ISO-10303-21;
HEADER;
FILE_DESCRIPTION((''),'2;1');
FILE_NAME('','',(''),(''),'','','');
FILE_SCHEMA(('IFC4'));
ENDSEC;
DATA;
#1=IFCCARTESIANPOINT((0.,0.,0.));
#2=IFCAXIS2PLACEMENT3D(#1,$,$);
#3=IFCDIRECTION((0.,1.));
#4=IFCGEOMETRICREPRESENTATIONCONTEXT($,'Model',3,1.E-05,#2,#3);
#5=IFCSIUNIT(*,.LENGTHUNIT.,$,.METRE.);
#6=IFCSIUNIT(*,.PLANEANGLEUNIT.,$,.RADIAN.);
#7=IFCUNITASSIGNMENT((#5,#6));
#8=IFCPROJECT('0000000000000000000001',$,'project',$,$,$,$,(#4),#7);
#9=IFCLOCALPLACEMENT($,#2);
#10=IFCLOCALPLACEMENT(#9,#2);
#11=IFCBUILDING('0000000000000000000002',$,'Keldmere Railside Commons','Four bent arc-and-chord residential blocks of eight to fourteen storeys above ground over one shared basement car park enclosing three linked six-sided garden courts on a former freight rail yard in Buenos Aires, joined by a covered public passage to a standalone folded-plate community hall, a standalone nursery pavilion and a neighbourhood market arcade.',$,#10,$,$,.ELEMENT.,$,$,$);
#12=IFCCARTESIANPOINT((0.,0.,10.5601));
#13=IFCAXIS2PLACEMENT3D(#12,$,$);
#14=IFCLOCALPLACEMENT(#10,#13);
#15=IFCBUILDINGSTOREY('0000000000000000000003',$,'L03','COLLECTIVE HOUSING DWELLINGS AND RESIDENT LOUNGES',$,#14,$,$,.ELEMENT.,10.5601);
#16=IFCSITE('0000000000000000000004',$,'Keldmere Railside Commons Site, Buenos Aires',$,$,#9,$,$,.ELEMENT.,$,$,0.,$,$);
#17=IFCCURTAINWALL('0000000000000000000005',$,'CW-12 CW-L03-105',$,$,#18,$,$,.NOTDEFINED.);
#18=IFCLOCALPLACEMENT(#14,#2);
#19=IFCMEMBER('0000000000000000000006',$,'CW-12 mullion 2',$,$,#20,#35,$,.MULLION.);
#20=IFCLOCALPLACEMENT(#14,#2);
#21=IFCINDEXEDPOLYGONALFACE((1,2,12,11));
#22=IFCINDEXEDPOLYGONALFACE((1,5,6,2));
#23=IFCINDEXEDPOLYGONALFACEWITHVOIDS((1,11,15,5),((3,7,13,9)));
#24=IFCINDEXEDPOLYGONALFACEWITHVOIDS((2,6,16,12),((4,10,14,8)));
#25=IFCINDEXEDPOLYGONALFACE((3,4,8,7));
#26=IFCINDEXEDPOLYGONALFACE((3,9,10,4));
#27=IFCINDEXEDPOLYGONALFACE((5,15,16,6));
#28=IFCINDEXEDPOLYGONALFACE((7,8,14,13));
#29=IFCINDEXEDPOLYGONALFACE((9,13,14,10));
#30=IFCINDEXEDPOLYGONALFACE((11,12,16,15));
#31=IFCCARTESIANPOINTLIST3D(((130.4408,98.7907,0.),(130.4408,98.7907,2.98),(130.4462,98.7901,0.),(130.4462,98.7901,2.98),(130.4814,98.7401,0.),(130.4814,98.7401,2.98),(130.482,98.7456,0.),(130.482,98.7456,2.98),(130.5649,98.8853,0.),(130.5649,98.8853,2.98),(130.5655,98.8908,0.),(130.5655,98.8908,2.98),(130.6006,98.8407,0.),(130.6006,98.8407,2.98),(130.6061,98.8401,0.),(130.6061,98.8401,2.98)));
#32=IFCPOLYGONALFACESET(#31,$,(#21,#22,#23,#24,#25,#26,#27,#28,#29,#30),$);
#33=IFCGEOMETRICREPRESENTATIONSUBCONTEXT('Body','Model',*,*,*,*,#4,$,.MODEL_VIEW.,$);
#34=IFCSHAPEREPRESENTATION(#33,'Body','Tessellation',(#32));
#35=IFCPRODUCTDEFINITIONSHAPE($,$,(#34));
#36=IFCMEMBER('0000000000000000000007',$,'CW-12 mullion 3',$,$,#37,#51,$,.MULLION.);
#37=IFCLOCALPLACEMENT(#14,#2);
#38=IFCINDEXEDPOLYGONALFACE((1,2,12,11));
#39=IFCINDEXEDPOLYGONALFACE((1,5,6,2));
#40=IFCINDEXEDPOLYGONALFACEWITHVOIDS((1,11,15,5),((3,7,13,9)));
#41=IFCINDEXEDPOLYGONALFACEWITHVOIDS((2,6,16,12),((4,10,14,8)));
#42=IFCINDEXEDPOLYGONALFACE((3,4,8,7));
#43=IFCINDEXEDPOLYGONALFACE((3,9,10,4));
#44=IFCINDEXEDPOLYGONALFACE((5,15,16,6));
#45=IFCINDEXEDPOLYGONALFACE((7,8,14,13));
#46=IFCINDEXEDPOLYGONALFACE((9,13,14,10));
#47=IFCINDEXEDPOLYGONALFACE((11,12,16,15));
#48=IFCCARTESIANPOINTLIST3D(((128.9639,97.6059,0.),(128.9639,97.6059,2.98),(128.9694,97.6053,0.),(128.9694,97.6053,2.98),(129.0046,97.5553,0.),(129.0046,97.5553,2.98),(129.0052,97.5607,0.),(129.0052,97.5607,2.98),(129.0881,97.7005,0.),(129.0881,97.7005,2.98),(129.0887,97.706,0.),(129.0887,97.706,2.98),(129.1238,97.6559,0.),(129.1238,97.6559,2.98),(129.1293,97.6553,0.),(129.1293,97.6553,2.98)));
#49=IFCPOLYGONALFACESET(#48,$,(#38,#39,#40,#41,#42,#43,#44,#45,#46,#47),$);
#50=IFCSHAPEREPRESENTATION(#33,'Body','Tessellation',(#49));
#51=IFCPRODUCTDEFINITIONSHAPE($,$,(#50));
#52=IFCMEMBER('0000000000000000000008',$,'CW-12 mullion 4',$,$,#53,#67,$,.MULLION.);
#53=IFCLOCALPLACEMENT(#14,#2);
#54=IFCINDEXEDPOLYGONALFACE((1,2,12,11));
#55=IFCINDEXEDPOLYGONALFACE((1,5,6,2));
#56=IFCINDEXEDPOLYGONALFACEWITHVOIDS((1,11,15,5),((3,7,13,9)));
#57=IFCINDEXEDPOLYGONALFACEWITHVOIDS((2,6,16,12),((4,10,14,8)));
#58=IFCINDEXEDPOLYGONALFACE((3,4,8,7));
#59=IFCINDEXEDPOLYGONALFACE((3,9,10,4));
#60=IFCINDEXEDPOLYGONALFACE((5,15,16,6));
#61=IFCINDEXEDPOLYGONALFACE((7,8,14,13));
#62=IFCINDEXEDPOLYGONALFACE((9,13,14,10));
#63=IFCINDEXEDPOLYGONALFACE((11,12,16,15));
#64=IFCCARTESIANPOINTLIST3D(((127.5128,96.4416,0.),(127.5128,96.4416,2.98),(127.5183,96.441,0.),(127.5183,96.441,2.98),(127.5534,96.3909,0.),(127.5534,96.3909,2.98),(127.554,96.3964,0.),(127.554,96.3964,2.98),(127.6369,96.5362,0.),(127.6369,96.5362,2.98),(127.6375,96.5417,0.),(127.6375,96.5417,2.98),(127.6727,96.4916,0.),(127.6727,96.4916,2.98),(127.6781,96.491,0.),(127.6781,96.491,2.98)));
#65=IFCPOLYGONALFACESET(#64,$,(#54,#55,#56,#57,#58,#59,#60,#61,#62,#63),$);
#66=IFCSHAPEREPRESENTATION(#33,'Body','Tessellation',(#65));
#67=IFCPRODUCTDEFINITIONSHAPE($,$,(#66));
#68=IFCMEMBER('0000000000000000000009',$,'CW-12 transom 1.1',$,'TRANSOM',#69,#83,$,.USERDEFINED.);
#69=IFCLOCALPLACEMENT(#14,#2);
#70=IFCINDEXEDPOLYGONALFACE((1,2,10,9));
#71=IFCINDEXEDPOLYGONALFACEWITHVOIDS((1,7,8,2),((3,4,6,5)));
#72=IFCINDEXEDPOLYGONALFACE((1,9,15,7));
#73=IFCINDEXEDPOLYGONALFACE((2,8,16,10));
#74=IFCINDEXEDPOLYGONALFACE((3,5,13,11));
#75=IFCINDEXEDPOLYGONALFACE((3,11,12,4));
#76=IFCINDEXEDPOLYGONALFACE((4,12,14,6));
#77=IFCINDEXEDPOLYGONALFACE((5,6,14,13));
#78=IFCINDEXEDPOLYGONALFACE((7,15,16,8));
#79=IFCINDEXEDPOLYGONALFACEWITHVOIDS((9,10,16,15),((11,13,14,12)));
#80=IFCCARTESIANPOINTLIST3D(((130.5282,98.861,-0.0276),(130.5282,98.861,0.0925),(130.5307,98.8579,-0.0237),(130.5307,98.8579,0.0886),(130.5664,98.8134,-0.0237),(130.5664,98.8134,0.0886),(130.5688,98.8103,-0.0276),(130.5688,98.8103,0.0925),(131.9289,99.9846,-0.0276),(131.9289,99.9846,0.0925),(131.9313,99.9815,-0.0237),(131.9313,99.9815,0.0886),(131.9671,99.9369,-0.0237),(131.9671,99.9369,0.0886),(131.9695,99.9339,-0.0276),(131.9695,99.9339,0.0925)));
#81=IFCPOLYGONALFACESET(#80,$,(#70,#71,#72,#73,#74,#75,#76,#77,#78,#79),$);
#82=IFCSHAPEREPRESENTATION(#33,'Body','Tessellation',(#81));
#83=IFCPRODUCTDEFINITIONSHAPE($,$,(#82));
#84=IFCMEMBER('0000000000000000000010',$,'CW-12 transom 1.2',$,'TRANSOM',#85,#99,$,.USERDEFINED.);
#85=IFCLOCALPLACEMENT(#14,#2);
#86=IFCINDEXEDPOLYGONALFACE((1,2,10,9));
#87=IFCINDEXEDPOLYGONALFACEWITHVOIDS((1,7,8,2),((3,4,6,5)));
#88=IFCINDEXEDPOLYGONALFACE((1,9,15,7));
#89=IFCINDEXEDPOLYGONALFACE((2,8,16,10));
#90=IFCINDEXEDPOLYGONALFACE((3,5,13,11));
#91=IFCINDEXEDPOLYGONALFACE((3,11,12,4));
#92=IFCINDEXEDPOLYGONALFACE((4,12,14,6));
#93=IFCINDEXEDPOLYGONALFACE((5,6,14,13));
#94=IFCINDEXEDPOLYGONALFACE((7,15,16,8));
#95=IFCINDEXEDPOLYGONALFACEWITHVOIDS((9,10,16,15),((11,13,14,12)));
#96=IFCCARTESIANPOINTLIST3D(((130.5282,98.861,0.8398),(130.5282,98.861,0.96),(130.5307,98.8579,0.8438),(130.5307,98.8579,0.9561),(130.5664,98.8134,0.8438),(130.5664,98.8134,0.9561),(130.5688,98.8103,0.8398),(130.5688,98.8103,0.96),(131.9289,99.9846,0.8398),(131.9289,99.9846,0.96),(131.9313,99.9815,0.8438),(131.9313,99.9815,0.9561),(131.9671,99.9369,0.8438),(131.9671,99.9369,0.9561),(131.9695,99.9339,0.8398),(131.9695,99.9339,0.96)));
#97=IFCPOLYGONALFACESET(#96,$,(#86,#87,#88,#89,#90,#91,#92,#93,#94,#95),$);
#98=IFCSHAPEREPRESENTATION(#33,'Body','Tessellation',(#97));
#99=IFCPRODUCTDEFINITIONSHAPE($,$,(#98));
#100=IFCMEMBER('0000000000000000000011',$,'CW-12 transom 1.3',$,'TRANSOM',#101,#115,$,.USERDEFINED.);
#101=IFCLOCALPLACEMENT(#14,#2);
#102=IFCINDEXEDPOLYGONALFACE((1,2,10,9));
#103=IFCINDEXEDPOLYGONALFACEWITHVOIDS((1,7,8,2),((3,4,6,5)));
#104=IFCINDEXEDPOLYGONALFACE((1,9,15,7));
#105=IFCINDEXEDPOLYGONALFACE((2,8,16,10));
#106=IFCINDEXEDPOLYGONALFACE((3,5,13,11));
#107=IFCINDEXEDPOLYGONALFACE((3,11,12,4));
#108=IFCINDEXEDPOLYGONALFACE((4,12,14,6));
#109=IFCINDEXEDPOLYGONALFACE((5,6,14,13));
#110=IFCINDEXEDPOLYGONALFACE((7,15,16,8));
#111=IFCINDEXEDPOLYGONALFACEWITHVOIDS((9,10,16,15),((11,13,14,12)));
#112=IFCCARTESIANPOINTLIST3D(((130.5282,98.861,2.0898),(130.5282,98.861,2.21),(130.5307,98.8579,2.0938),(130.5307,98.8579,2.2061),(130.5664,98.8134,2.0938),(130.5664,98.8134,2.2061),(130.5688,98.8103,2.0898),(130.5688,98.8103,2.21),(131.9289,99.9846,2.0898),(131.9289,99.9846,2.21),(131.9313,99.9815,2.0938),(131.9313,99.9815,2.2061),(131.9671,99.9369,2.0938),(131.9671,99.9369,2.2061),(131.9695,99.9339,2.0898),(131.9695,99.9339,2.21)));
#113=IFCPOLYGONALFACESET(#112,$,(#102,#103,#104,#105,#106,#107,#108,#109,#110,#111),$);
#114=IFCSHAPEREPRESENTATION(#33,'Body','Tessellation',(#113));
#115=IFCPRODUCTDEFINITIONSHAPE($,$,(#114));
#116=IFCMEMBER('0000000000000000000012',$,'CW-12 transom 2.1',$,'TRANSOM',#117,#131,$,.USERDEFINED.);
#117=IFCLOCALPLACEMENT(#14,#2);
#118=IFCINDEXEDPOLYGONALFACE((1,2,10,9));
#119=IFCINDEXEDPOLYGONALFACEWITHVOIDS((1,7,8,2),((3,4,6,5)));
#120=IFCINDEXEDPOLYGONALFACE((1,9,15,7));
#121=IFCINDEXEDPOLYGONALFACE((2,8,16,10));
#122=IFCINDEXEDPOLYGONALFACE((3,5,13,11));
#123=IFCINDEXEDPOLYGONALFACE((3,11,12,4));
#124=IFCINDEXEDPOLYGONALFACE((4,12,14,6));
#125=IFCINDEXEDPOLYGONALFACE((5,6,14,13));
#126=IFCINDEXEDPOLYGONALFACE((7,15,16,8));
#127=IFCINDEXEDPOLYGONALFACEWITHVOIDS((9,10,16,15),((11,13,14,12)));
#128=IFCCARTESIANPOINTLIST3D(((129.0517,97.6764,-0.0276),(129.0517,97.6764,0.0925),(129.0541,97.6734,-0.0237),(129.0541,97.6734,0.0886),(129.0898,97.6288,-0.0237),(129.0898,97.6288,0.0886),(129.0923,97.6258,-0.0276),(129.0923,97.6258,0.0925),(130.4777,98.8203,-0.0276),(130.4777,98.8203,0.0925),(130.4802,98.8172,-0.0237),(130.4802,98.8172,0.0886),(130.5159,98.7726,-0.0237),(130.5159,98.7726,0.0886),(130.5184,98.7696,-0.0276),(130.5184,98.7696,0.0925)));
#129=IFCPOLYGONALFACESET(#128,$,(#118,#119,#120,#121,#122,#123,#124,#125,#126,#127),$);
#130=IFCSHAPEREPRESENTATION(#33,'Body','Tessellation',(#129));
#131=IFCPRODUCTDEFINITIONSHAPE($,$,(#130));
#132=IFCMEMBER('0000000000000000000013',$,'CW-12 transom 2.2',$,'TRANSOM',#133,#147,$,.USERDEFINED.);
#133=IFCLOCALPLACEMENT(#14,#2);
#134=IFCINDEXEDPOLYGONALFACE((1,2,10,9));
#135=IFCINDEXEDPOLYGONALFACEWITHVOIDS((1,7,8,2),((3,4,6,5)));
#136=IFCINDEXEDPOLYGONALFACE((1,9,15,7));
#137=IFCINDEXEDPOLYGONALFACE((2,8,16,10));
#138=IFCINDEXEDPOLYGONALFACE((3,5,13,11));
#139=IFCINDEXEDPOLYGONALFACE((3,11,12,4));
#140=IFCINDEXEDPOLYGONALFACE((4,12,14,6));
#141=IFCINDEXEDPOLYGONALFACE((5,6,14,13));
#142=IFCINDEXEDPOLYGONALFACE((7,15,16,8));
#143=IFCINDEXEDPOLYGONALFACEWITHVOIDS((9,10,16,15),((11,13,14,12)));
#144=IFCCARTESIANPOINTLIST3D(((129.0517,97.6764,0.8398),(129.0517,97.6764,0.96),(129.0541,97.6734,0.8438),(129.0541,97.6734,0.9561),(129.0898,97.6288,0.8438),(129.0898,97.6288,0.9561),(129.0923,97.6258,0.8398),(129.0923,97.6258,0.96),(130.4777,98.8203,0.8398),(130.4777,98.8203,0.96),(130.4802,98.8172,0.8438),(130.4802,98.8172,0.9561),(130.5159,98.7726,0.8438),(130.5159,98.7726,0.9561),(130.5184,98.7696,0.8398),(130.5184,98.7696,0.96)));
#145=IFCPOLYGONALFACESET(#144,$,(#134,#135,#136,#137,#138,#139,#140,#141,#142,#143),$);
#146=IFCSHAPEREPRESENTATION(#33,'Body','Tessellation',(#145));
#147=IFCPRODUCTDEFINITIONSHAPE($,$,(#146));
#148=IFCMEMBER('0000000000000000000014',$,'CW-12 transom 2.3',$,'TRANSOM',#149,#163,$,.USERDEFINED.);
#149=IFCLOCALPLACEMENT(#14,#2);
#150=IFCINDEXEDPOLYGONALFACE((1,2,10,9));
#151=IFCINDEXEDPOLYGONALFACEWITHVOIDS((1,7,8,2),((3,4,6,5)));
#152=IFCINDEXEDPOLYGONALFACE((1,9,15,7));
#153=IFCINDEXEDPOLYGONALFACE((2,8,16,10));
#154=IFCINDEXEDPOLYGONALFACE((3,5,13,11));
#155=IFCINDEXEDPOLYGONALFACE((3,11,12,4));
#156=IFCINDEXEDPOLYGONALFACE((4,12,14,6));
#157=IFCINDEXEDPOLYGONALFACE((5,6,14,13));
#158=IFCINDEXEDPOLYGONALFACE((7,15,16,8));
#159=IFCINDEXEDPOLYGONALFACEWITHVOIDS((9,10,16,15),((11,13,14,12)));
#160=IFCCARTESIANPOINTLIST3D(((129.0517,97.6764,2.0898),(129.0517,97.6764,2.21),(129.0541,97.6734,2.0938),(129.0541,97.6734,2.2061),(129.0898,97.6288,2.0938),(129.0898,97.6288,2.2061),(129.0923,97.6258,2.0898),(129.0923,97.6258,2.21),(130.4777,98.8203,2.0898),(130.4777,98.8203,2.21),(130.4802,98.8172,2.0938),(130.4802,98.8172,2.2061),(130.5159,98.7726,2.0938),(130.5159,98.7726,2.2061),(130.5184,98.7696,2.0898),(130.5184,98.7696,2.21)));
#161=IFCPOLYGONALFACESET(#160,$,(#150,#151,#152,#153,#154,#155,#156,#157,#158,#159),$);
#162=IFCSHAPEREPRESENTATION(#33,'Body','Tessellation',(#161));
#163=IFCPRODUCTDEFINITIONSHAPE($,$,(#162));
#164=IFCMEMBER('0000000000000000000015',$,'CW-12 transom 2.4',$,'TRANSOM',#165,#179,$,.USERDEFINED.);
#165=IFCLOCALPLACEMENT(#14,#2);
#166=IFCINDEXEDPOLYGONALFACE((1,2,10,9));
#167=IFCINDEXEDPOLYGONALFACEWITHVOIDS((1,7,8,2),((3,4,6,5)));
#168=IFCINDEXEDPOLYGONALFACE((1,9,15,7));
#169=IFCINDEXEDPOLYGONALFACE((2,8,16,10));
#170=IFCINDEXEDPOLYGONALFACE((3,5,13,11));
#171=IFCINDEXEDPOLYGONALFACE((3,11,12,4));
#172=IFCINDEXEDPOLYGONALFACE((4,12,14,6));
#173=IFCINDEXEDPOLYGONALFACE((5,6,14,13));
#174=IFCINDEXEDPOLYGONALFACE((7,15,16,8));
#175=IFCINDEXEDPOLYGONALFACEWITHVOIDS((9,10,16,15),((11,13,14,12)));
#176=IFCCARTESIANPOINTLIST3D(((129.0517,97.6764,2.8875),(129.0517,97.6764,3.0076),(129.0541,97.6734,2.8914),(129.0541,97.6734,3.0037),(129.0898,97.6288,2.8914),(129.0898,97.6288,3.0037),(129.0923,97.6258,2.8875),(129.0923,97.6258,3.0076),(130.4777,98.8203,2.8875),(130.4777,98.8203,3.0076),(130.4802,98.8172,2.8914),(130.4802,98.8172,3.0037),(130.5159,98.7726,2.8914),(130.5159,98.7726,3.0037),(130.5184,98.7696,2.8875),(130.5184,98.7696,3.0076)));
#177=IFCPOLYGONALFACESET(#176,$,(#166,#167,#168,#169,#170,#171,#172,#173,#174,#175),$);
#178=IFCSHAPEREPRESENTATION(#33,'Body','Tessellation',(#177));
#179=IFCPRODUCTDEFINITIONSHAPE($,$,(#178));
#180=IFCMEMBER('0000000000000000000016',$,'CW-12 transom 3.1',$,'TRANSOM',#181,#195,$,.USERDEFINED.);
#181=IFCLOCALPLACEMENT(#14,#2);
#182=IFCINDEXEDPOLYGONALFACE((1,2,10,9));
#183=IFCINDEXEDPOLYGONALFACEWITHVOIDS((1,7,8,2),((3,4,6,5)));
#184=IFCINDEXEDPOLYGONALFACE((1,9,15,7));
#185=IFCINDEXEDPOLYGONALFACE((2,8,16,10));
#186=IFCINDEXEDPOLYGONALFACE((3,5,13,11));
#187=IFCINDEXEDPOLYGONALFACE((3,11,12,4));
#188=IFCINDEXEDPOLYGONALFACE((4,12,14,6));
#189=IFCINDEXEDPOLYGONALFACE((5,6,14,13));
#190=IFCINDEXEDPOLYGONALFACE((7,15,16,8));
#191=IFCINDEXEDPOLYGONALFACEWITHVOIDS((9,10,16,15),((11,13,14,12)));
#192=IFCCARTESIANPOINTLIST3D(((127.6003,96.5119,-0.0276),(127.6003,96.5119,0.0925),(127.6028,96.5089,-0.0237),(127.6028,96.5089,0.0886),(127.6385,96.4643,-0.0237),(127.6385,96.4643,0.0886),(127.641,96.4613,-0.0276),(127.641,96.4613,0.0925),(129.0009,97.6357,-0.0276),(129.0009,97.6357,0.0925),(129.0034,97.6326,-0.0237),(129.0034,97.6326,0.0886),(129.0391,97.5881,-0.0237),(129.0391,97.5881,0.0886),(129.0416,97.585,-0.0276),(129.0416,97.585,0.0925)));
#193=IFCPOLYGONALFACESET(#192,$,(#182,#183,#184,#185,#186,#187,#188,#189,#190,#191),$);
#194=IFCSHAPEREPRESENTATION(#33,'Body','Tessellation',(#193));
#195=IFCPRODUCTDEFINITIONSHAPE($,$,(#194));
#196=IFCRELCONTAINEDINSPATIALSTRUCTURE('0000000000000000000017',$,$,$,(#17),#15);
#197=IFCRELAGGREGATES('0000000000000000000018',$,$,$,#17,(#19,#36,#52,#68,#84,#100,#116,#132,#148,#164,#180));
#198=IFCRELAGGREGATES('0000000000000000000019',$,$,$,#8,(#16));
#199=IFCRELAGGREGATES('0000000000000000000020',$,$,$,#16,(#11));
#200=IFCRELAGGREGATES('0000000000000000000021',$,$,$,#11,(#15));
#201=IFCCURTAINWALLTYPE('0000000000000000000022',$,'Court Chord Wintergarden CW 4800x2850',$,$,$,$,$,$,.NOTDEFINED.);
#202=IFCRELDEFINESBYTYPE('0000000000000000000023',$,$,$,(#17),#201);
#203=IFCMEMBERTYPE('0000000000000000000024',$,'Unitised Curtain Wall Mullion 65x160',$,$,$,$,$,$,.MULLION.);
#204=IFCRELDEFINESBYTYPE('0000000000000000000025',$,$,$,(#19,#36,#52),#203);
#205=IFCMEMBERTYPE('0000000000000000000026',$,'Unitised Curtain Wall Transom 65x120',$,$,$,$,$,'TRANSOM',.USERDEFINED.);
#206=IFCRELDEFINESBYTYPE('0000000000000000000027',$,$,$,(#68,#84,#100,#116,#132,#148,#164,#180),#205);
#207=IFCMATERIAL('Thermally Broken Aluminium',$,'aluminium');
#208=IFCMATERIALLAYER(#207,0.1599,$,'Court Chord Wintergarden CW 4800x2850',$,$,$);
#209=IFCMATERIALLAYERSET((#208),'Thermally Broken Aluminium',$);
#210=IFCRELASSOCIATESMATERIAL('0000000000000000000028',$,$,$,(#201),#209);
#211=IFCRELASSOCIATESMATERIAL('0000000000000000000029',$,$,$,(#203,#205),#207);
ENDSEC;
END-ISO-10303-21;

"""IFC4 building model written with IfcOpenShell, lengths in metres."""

from ifc_helpers import new_model, si_unit, direction, frame, origin, origin_2d, place, context, subcontext, project, spatial, hollow_rectangle, extrude, material, layer, layer_set, material_profile, profile_set, type_object, element, aggregate, save


model = new_model("IFC4")

# Units and contexts
model_context = context("Model", 3, precision=1e-05, world=origin(), true_north=direction((0.0, 1.0)))
body_context = subcontext(model_context, "Body", "Model", "MODEL_VIEW")
ifc_project = project(units=[si_unit("LENGTHUNIT", "METRE"), si_unit("PLANEANGLEUNIT", "RADIAN")], contexts=[model_context])

# Site, building, storey
site_placement = place(None, origin())
site = spatial("IfcSite", under=ifc_project, at=site_placement, Name="Keldmere Railside Commons Site, Buenos Aires", CompositionType="ELEMENT", RefElevation=0.0)
building_placement = place(site_placement, origin())
building = spatial("IfcBuilding", under=site, at=building_placement, Name="Keldmere Railside Commons", Description="Four bent arc-and-chord residential blocks of eight to fourteen storeys above ground over one shared basement car park enclosing three linked six-sided garden courts on a former freight rail yard in Buenos Aires, joined by a covered public passage to a standalone folded-plate community hall, a standalone nursery pavilion and a neighbourhood market arcade.", CompositionType="ELEMENT")
storey_placement = place(building_placement, frame((0.0, 0.0, 10.5601)))
storey = spatial("IfcBuildingStorey", under=building, at=storey_placement, Name="L03", Description="COLLECTIVE HOUSING DWELLINGS AND RESIDENT LOUNGES", CompositionType="ELEMENT", Elevation=10.5601)

# Curtain wall, members
ifc_material_1 = material(Name="Thermally Broken Aluminium", Category="aluminium")
ifc_layer_1 = layer(ifc_material_1, 0.1599, Name="Court Chord Wintergarden CW 4800x2850")
ifc_layer_set_1 = layer_set([ifc_layer_1], Name="Thermally Broken Aluminium")
curtain_wall_type = type_object("IfcCurtainWallType", Name="Court Chord Wintergarden CW 4800x2850", PredefinedType="NOTDEFINED", material=ifc_layer_set_1)
curtain_wall_placement = place(storey_placement, origin())
curtain_wall = element("IfcCurtainWall", 1, at=curtain_wall_placement, inside=storey, type_object=curtain_wall_type, Name="CW-12 CW-L03-105", PredefinedType="NOTDEFINED")
ifc_material_profile_1 = material_profile(ifc_material_1, hollow_rectangle(XDim=0.0649, YDim=0.1599, WallThickness=0.0039, at=origin_2d()), Name="ALU-MULL-65x160")
ifc_profile_set_1 = profile_set([ifc_material_profile_1], Name="Thermally Broken Aluminium")
member_type_1 = type_object("IfcMemberType", Name="Unitised Curtain Wall Mullion 65x160", PredefinedType="MULLION", material=ifc_profile_set_1)
member_1_placement = place(storey_placement, frame((130.5234, 98.8154, 0.0), z_axis=(0.0, 0.0, 1.0), x_axis=(0.625768, -0.780009, 0.0)))
member_1 = element("IfcMember", 2, at=member_1_placement, type_object=member_type_1, Name="CW-12 mullion 2", PredefinedType="MULLION", context=body_context, shape_type="SweptSolid", body=[
    extrude(hollow_rectangle(XDim=0.0649, YDim=0.1599, WallThickness=0.0039, at=origin_2d()), origin(), (0.0, 0.0, 1.0), 2.98),
])
member_2_placement = place(storey_placement, frame((129.0466, 97.6306, 0.0), z_axis=(0.0, 0.0, 1.0), x_axis=(0.625768, -0.780009, 0.0)))
member_2 = element("IfcMember", 3, at=member_2_placement, type_object=member_type_1, Name="CW-12 mullion 3", PredefinedType="MULLION", context=body_context, shape_type="SweptSolid", body=[
    extrude(hollow_rectangle(XDim=0.0649, YDim=0.1599, WallThickness=0.0039, at=origin_2d()), origin(), (0.0, 0.0, 1.0), 2.98),
])
member_3_placement = place(storey_placement, frame((127.5955, 96.4663, 0.0), z_axis=(0.0, 0.0, 1.0), x_axis=(0.625768, -0.780009, 0.0)))
member_3 = element("IfcMember", 4, at=member_3_placement, type_object=member_type_1, Name="CW-12 mullion 4", PredefinedType="MULLION", context=body_context, shape_type="SweptSolid", body=[
    extrude(hollow_rectangle(XDim=0.0649, YDim=0.1599, WallThickness=0.0039, at=origin_2d()), origin(), (0.0, 0.0, 1.0), 2.98),
])
ifc_material_profile_2 = material_profile(ifc_material_1, hollow_rectangle(XDim=0.0649, YDim=0.1201, WallThickness=0.0039, at=origin_2d()), Name="ALU-TRAN-65x120")
ifc_profile_set_2 = profile_set([ifc_material_profile_2], Name="Thermally Broken Aluminium")
member_type_2 = type_object("IfcMemberType", Name="Unitised Curtain Wall Transom 65x120", ElementType="TRANSOM", PredefinedType="USERDEFINED", material=ifc_profile_set_2)
member_4_placement = place(storey_placement, frame((131.9492, 99.9592, 0.0325), z_axis=(-0.780046, -0.625723, 0.0), x_axis=(0.625723, -0.780046, 0.0)))
member_4 = element("IfcMember", 5, at=member_4_placement, type_object=member_type_2, Name="CW-12 transom 1.1", ObjectType="TRANSOM", PredefinedType="USERDEFINED", context=body_context, shape_type="SweptSolid", body=[
    extrude(hollow_rectangle(XDim=0.0649, YDim=0.1201, WallThickness=0.0039, at=origin_2d()), origin(), (0.0, 0.0, 1.0), 1.7957),
])
member_5_placement = place(storey_placement, frame((131.9492, 99.9592, 0.8999), z_axis=(-0.780046, -0.625723, 0.0), x_axis=(0.625723, -0.780046, 0.0)))
member_5 = element("IfcMember", 6, at=member_5_placement, type_object=member_type_2, Name="CW-12 transom 1.2", ObjectType="TRANSOM", PredefinedType="USERDEFINED", context=body_context, shape_type="SweptSolid", body=[
    extrude(hollow_rectangle(XDim=0.0649, YDim=0.1201, WallThickness=0.0039, at=origin_2d()), origin(), (0.0, 0.0, 1.0), 1.7957),
])
member_6_placement = place(storey_placement, frame((131.9492, 99.9592, 2.1499), z_axis=(-0.780046, -0.625723, 0.0), x_axis=(0.625723, -0.780046, 0.0)))
member_6 = element("IfcMember", 7, at=member_6_placement, type_object=member_type_2, Name="CW-12 transom 1.3", ObjectType="TRANSOM", PredefinedType="USERDEFINED", context=body_context, shape_type="SweptSolid", body=[
    extrude(hollow_rectangle(XDim=0.0649, YDim=0.1201, WallThickness=0.0039, at=origin_2d()), origin(), (0.0, 0.0, 1.0), 1.7957),
])
member_7_placement = place(storey_placement, frame((130.498, 98.7949, 0.0325), z_axis=(-0.780073, -0.625688, 0.0), x_axis=(0.625688, -0.780073, 0.0)))
member_7 = element("IfcMember", 8, at=member_7_placement, type_object=member_type_2, Name="CW-12 transom 2.1", ObjectType="TRANSOM", PredefinedType="USERDEFINED", context=body_context, shape_type="SweptSolid", body=[
    extrude(hollow_rectangle(XDim=0.0649, YDim=0.1201, WallThickness=0.0039, at=origin_2d()), origin(), (0.0, 0.0, 1.0), 1.8281),
])
member_8_placement = place(storey_placement, frame((130.498, 98.7949, 0.8999), z_axis=(-0.780073, -0.625688, 0.0), x_axis=(0.625688, -0.780073, 0.0)))
member_8 = element("IfcMember", 9, at=member_8_placement, type_object=member_type_2, Name="CW-12 transom 2.2", ObjectType="TRANSOM", PredefinedType="USERDEFINED", context=body_context, shape_type="SweptSolid", body=[
    extrude(hollow_rectangle(XDim=0.0649, YDim=0.1201, WallThickness=0.0039, at=origin_2d()), origin(), (0.0, 0.0, 1.0), 1.8281),
])
member_9_placement = place(storey_placement, frame((130.498, 98.7949, 2.1499), z_axis=(-0.780073, -0.625688, 0.0), x_axis=(0.625688, -0.780073, 0.0)))
member_9 = element("IfcMember", 10, at=member_9_placement, type_object=member_type_2, Name="CW-12 transom 2.3", ObjectType="TRANSOM", PredefinedType="USERDEFINED", context=body_context, shape_type="SweptSolid", body=[
    extrude(hollow_rectangle(XDim=0.0649, YDim=0.1201, WallThickness=0.0039, at=origin_2d()), origin(), (0.0, 0.0, 1.0), 1.8281),
])
member_10_placement = place(storey_placement, frame((130.498, 98.7949, 2.9475), z_axis=(-0.780073, -0.625688, 0.0), x_axis=(0.625688, -0.780073, 0.0)))
member_10 = element("IfcMember", 11, at=member_10_placement, type_object=member_type_2, Name="CW-12 transom 2.4", ObjectType="TRANSOM", PredefinedType="USERDEFINED", context=body_context, shape_type="SweptSolid", body=[
    extrude(hollow_rectangle(XDim=0.0649, YDim=0.1201, WallThickness=0.0039, at=origin_2d()), origin(), (0.0, 0.0, 1.0), 1.8281),
])
member_11_placement = place(storey_placement, frame((129.0212, 97.6104, 0.0325), z_axis=(-0.779979, -0.625805, 0.0), x_axis=(0.625805, -0.779979, 0.0)))
member_11 = element("IfcMember", 12, at=member_11_placement, type_object=member_type_2, Name="CW-12 transom 3.1", ObjectType="TRANSOM", PredefinedType="USERDEFINED", context=body_context, shape_type="SweptSolid", body=[
    extrude(hollow_rectangle(XDim=0.0649, YDim=0.1201, WallThickness=0.0039, at=origin_2d()), origin(), (0.0, 0.0, 1.0), 1.7957),
])
aggregate(curtain_wall, [member_1, member_2, member_3, member_4, member_5, member_6, member_7, member_8, member_9, member_10, member_11])

save(model, "model.ifc")
